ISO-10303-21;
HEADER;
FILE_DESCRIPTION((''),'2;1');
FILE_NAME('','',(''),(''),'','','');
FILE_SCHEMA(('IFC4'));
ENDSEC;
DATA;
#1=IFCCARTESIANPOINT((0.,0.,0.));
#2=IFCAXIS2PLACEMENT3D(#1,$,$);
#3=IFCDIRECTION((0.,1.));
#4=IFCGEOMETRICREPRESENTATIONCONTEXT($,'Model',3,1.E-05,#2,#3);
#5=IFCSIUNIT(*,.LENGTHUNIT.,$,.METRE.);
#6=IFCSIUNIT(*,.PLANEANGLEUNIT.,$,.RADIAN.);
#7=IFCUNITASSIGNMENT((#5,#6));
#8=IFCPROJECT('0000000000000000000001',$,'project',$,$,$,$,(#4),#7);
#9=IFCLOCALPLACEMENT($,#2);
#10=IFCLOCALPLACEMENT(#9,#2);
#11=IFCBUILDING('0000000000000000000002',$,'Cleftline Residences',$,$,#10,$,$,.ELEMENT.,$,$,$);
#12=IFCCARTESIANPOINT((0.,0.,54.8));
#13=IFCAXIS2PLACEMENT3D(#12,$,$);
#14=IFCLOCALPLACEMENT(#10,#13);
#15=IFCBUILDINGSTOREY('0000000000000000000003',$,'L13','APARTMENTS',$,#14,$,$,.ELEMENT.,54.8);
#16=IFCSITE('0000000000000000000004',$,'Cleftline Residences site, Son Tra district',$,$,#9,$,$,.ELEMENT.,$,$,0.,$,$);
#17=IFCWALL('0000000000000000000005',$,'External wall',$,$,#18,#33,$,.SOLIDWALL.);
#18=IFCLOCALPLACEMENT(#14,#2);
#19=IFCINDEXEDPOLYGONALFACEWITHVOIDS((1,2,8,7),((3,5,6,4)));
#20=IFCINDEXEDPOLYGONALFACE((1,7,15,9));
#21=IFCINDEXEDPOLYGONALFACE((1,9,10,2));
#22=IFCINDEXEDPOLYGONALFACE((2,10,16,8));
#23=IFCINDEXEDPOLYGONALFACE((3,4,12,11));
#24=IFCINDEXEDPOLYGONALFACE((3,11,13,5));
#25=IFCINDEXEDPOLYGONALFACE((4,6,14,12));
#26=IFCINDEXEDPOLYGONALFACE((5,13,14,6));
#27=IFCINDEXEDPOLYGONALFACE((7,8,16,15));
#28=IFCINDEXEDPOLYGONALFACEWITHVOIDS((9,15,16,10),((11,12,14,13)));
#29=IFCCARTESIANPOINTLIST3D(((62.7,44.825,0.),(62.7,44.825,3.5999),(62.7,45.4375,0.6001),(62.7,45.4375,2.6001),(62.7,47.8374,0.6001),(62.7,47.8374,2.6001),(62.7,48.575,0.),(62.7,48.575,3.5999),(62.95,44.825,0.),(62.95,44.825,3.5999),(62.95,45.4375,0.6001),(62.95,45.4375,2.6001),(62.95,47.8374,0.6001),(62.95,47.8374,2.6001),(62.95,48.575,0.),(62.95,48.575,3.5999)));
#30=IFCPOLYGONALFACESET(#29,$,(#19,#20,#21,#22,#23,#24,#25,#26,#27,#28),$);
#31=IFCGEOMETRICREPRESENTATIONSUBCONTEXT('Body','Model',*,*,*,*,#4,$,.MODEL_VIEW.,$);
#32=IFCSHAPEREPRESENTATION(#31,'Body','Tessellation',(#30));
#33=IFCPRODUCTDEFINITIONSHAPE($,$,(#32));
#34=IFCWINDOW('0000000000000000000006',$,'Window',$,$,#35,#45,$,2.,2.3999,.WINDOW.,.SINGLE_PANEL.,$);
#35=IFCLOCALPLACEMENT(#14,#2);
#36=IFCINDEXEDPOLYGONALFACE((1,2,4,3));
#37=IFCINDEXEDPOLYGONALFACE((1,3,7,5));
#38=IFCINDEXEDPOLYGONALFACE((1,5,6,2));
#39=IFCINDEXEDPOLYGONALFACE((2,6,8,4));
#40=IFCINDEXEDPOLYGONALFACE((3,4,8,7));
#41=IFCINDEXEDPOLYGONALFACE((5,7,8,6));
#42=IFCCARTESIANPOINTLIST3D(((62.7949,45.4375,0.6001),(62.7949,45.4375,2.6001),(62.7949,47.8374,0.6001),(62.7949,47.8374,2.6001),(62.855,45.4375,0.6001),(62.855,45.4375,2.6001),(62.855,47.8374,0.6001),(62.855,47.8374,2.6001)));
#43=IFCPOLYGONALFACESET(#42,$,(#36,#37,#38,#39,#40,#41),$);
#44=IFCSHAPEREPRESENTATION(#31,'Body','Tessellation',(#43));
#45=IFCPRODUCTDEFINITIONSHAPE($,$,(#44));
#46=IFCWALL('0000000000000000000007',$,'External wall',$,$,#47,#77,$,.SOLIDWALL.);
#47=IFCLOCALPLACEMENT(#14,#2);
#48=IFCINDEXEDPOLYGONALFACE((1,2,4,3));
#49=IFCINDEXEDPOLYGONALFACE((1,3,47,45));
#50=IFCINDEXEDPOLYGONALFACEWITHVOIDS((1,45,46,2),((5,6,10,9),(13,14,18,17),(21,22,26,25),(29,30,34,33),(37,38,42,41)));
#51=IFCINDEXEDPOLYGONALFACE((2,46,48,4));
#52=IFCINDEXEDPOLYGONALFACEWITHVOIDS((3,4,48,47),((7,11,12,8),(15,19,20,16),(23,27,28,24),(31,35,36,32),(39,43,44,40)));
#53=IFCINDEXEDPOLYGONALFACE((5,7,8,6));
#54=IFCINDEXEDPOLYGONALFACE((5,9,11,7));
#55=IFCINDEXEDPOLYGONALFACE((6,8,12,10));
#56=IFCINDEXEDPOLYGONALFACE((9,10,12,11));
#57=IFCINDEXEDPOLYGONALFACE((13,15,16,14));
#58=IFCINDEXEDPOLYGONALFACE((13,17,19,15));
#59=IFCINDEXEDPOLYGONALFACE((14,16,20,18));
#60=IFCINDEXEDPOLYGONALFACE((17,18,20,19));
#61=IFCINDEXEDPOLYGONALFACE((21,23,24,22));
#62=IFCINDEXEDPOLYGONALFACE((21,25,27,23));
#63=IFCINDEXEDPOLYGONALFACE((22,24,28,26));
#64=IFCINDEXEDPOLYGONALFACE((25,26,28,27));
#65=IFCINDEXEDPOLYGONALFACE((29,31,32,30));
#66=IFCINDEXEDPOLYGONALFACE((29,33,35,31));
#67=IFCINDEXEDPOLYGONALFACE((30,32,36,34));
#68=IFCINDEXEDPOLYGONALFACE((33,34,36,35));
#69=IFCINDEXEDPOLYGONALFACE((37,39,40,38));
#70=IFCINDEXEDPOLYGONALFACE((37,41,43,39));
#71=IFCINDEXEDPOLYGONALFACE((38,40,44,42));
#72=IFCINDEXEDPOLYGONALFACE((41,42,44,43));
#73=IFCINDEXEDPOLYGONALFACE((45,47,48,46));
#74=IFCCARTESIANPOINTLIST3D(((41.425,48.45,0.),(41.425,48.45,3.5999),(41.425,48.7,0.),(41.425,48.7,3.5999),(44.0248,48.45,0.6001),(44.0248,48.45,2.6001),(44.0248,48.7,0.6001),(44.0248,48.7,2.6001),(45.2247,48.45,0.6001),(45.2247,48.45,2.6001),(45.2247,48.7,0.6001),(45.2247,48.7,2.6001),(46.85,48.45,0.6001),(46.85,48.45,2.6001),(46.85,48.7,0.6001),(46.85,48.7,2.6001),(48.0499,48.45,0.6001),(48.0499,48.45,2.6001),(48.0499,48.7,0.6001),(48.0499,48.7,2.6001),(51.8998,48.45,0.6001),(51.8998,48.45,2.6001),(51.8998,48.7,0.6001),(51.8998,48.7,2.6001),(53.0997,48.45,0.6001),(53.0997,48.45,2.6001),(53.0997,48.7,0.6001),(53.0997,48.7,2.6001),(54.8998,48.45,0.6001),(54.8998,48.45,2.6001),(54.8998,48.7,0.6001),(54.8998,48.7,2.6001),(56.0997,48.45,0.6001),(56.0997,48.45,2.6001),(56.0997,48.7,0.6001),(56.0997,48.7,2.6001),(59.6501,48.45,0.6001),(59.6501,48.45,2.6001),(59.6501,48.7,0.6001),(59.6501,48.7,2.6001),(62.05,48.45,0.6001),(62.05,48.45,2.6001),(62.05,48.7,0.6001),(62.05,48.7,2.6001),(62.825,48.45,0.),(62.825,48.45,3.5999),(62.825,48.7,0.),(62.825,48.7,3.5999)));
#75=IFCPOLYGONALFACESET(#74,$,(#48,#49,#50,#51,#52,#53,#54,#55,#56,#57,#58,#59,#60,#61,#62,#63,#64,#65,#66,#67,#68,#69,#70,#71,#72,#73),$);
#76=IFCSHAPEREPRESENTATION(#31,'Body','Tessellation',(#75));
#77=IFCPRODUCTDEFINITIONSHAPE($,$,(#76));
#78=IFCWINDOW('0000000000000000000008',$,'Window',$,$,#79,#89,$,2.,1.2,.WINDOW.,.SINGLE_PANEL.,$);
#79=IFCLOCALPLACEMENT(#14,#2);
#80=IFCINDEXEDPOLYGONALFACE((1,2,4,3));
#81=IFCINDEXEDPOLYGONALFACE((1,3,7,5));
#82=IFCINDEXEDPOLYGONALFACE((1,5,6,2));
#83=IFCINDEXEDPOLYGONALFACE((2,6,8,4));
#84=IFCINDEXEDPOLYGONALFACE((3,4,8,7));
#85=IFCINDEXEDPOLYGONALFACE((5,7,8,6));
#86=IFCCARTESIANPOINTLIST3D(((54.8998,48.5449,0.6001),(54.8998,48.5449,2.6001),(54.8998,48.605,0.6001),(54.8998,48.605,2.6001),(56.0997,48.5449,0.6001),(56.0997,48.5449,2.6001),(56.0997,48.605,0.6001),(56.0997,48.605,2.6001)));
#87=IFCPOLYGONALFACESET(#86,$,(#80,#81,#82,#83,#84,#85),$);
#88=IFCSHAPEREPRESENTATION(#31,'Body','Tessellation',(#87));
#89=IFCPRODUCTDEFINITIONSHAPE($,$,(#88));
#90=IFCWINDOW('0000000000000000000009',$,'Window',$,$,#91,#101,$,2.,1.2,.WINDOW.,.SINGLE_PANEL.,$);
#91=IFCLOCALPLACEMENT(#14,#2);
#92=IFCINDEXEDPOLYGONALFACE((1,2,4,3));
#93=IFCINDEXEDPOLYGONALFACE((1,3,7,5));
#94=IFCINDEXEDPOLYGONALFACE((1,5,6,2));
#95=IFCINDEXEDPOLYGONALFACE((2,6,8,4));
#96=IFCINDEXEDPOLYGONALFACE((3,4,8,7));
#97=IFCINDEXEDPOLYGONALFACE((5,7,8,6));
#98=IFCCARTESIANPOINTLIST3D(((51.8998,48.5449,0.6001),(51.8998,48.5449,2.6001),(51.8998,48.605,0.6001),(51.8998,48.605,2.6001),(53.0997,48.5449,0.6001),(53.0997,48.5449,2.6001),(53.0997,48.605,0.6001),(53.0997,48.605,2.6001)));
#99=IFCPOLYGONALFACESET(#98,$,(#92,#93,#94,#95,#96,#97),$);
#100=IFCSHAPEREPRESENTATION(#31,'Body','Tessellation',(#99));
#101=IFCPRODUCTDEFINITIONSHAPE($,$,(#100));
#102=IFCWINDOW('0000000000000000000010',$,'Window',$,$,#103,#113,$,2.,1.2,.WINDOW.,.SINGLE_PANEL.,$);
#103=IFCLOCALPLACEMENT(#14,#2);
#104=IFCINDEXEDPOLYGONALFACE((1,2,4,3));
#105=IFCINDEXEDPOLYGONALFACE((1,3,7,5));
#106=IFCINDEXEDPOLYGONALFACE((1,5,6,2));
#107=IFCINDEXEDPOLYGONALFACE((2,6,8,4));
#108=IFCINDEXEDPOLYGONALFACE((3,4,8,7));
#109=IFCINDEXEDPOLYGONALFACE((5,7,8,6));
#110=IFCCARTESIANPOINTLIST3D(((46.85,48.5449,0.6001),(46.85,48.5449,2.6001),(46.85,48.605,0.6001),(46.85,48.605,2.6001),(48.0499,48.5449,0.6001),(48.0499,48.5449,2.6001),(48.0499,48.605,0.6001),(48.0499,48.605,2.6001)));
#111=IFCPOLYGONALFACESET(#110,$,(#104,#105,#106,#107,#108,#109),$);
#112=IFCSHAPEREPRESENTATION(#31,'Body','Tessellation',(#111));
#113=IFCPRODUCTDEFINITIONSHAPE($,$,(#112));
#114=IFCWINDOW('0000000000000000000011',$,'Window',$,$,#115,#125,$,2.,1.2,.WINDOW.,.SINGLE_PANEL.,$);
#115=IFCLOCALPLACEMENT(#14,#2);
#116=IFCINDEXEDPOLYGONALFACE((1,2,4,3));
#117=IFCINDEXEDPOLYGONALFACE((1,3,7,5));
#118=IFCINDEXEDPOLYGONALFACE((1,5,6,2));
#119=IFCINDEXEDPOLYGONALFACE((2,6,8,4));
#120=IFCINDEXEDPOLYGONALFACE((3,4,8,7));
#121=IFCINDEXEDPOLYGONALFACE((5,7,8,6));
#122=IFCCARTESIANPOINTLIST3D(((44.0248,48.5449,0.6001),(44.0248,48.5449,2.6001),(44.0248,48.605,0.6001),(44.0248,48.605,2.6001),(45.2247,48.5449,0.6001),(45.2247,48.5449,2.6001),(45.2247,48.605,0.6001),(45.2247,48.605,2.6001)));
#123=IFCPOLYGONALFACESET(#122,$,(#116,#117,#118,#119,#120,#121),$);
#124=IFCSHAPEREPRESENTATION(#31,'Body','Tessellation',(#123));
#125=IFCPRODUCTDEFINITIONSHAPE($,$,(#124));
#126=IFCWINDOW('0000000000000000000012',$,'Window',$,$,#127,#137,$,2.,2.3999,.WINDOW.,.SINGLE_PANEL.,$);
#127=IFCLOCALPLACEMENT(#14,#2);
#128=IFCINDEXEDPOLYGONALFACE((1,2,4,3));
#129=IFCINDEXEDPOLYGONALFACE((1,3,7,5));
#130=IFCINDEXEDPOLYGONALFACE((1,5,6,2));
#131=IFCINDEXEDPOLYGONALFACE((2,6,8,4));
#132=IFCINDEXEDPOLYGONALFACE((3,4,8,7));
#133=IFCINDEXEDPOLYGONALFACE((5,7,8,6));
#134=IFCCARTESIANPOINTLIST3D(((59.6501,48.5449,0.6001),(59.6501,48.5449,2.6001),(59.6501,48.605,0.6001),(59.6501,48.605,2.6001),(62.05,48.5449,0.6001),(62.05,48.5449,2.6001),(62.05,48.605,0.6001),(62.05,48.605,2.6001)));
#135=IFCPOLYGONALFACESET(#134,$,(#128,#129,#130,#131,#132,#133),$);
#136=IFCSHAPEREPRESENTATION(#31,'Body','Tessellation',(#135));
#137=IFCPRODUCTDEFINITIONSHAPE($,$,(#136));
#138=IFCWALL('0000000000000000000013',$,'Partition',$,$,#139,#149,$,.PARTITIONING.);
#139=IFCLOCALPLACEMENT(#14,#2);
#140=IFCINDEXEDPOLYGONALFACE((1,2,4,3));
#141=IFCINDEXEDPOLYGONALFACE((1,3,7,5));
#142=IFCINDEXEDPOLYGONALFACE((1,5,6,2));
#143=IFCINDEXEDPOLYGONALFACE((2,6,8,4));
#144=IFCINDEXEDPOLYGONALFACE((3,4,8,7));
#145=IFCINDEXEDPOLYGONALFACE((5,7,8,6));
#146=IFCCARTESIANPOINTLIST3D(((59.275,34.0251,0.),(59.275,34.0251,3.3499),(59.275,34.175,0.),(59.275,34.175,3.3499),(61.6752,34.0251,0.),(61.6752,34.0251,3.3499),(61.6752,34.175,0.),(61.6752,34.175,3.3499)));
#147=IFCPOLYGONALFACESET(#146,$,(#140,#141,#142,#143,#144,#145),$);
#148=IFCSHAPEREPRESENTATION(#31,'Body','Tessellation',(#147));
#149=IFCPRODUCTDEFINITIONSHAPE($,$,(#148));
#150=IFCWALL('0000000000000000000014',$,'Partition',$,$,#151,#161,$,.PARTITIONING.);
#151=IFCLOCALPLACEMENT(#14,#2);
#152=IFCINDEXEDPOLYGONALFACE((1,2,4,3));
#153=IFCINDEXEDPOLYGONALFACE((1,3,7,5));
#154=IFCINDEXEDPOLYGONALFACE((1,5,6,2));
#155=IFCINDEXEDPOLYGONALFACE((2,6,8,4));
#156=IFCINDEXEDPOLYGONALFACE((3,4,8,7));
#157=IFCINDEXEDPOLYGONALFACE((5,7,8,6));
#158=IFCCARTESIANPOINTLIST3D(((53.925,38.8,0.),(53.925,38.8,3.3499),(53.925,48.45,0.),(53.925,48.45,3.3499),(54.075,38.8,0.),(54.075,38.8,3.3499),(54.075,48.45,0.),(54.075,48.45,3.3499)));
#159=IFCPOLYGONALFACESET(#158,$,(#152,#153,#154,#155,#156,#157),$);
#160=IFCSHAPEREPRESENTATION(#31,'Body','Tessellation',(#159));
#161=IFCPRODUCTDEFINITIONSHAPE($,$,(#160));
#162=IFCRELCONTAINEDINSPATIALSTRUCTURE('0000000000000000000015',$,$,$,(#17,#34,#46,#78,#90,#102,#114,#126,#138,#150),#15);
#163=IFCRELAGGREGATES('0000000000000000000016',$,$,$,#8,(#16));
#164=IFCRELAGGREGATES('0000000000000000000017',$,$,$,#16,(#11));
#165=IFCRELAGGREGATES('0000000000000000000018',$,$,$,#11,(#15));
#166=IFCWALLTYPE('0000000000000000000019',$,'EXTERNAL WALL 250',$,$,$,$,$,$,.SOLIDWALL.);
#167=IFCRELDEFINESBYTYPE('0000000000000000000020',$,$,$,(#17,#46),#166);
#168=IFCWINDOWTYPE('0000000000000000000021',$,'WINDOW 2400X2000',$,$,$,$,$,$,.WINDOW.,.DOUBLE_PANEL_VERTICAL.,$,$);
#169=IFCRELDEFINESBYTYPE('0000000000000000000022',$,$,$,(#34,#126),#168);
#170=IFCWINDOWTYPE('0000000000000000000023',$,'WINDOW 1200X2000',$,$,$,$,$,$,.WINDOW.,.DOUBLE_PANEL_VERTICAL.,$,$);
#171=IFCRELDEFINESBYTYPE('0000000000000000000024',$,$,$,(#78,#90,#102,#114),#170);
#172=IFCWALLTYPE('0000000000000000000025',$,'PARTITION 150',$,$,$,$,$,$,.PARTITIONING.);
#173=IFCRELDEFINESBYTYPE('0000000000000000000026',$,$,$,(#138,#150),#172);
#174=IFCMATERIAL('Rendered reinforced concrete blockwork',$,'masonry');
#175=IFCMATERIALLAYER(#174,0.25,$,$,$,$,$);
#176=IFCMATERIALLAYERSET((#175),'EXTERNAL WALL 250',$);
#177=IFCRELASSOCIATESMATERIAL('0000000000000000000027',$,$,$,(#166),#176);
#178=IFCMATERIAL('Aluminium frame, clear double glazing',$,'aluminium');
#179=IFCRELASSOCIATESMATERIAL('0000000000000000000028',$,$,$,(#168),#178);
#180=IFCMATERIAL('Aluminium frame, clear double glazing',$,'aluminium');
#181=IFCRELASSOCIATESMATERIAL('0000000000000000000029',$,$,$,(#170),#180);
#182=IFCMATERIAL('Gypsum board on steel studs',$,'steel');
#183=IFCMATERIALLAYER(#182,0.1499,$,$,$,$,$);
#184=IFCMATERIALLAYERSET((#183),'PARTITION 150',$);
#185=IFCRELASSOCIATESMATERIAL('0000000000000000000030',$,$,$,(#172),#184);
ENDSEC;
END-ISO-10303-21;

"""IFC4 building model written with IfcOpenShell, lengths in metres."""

from ifc_helpers import new_model, si_unit, direction, frame, frame_2d, origin, place, context, subcontext, project, spatial, rectangle, extrude, material, layer, layer_set, type_object, element, fill, save


model = new_model("IFC4")

# Units and contexts
model_context = context("Model", 3, precision=1e-05, world=origin(), true_north=direction((0.0, 1.0)))
body_context = subcontext(model_context, "Body", "Model", "MODEL_VIEW")
ifc_project = project(units=[si_unit("LENGTHUNIT", "METRE"), si_unit("PLANEANGLEUNIT", "RADIAN")], contexts=[model_context])

# Site, building, storey
site_placement = place(None, origin())
site = spatial("IfcSite", under=ifc_project, at=site_placement, Name="Cleftline Residences site, Son Tra district", CompositionType="ELEMENT", RefElevation=0.0)
building_placement = place(site_placement, origin())
building = spatial("IfcBuilding", under=site, at=building_placement, Name="Cleftline Residences", CompositionType="ELEMENT")
storey_placement = place(building_placement, frame((0.0, 0.0, 54.8)))
storey = spatial("IfcBuildingStorey", under=building, at=storey_placement, Name="L13", Description="APARTMENTS", CompositionType="ELEMENT", Elevation=54.8)

# Wall, opening, window
ifc_material_1 = material(Name="Rendered reinforced concrete blockwork", Category="masonry")
ifc_layer_1 = layer(ifc_material_1, 0.25)
ifc_layer_set_1 = layer_set([ifc_layer_1], Name="EXTERNAL WALL 250")
wall_type_1 = type_object("IfcWallType", Name="EXTERNAL WALL 250", PredefinedType="SOLIDWALL", material=ifc_layer_set_1)
ifc_material_2 = material(Name="Aluminium frame, clear double glazing", Category="aluminium")
window_type_1 = type_object("IfcWindowType", Name="WINDOW 2400X2000", PartitioningType="DOUBLE_PANEL_VERTICAL", PredefinedType="WINDOW", material=ifc_material_2)
wall_1_placement = place(storey_placement, frame((62.825, 44.825, 0.0), z_axis=(0.0, 0.0, 1.0), x_axis=(0.0, 1.0, 0.0)))
wall_1 = element("IfcWall", 1, at=wall_1_placement, inside=storey, type_object=wall_type_1, Name="External wall", PredefinedType="SOLIDWALL", context=body_context, shape_type="SweptSolid", body=[
    extrude(rectangle(XDim=3.75, YDim=0.25, at=frame_2d((1.875, 0.0))), origin(), (0.0, 0.0, 1.0), 3.5999),
])
opening_1_placement = place(wall_1_placement, frame((0.6125, 0.0, 0.6001)))
opening_1 = element("IfcOpeningElement", 2, at=opening_1_placement, cuts=wall_1, PredefinedType="OPENING", context=body_context, shape_type="SweptSolid", body=[
    extrude(rectangle(XDim=2.3999, YDim=2.0, at=frame_2d((1.2, 1.0))), frame((0.0, 0.135, 0.0), z_axis=(0.0, -1.0, 0.0), x_axis=(1.0, 0.0, 0.0)), (0.0, 0.0, 1.0), 0.27),
])
window_1_placement = place(opening_1_placement, origin())
window_1 = element("IfcWindow", 3, at=window_1_placement, inside=storey, type_object=window_type_1, Name="Window", OverallHeight=2.0, OverallWidth=2.3999, PartitioningType="SINGLE_PANEL", PredefinedType="WINDOW", context=body_context, shape_type="SweptSolid", body=[
    extrude(rectangle(XDim=2.3999, YDim=2.0, at=frame_2d((1.2, 1.0))), frame((0.0, 0.03, 0.0), z_axis=(0.0, -1.0, 0.0), x_axis=(1.0, 0.0, 0.0)), (0.0, 0.0, 1.0), 0.0601),
])
fill(opening_1, window_1)

# Wall, openings, windows
wall_2_placement = place(storey_placement, frame((62.825, 48.575, 0.0), z_axis=(0.0, 0.0, 1.0), x_axis=(-1.0, 0.0, 0.0)))
wall_2 = element("IfcWall", 4, at=wall_2_placement, inside=storey, type_object=wall_type_1, Name="External wall", PredefinedType="SOLIDWALL", context=body_context, shape_type="SweptSolid", body=[
    extrude(rectangle(XDim=21.3999, YDim=0.25, at=frame_2d((10.7, 0.0))), origin(), (0.0, 0.0, 1.0), 3.5999),
])
opening_2_placement = place(wall_2_placement, frame((0.7749, 0.0, 0.6001)))
opening_2 = element("IfcOpeningElement", 5, at=opening_2_placement, cuts=wall_2, PredefinedType="OPENING", context=body_context, shape_type="SweptSolid", body=[
    extrude(rectangle(XDim=2.3999, YDim=2.0, at=frame_2d((1.2, 1.0))), frame((0.0, 0.135, 0.0), z_axis=(0.0, -1.0, 0.0), x_axis=(1.0, 0.0, 0.0)), (0.0, 0.0, 1.0), 0.27),
])
opening_3_placement = place(wall_2_placement, frame((6.7251, 0.0, 0.6001)))
opening_3 = element("IfcOpeningElement", 6, at=opening_3_placement, cuts=wall_2, PredefinedType="OPENING", context=body_context, shape_type="SweptSolid", body=[
    extrude(rectangle(XDim=1.2, YDim=2.0, at=frame_2d((0.6001, 1.0))), frame((0.0, 0.135, 0.0), z_axis=(0.0, -1.0, 0.0), x_axis=(1.0, 0.0, 0.0)), (0.0, 0.0, 1.0), 0.27),
])
opening_4_placement = place(wall_2_placement, frame((9.7251, 0.0, 0.6001)))
opening_4 = element("IfcOpeningElement", 7, at=opening_4_placement, cuts=wall_2, PredefinedType="OPENING", context=body_context, shape_type="SweptSolid", body=[
    extrude(rectangle(XDim=1.2, YDim=2.0, at=frame_2d((0.6001, 1.0))), frame((0.0, 0.135, 0.0), z_axis=(0.0, -1.0, 0.0), x_axis=(1.0, 0.0, 0.0)), (0.0, 0.0, 1.0), 0.27),
])
opening_5_placement = place(wall_2_placement, frame((14.7749, 0.0, 0.6001)))
opening_5 = element("IfcOpeningElement", 8, at=opening_5_placement, cuts=wall_2, PredefinedType="OPENING", context=body_context, shape_type="SweptSolid", body=[
    extrude(rectangle(XDim=1.2, YDim=2.0, at=frame_2d((0.6001, 1.0))), frame((0.0, 0.135, 0.0), z_axis=(0.0, -1.0, 0.0), x_axis=(1.0, 0.0, 0.0)), (0.0, 0.0, 1.0), 0.27),
])
opening_6_placement = place(wall_2_placement, frame((17.6001, 0.0, 0.6001)))
opening_6 = element("IfcOpeningElement", 9, at=opening_6_placement, cuts=wall_2, PredefinedType="OPENING", context=body_context, shape_type="SweptSolid", body=[
    extrude(rectangle(XDim=1.2, YDim=2.0, at=frame_2d((0.6001, 1.0))), frame((0.0, 0.135, 0.0), z_axis=(0.0, -1.0, 0.0), x_axis=(1.0, 0.0, 0.0)), (0.0, 0.0, 1.0), 0.27),
])
ifc_material_3 = material(Name="Aluminium frame, clear double glazing", Category="aluminium")
window_type_2 = type_object("IfcWindowType", Name="WINDOW 1200X2000", PartitioningType="DOUBLE_PANEL_VERTICAL", PredefinedType="WINDOW", material=ifc_material_3)
window_2_placement = place(opening_3_placement, origin())
window_2 = element("IfcWindow", 10, at=window_2_placement, inside=storey, type_object=window_type_2, Name="Window", OverallHeight=2.0, OverallWidth=1.2, PartitioningType="SINGLE_PANEL", PredefinedType="WINDOW", context=body_context, shape_type="SweptSolid", body=[
    extrude(rectangle(XDim=1.2, YDim=2.0, at=frame_2d((0.6001, 1.0))), frame((0.0, 0.03, 0.0), z_axis=(0.0, -1.0, 0.0), x_axis=(1.0, 0.0, 0.0)), (0.0, 0.0, 1.0), 0.0601),
])
fill(opening_3, window_2)
window_3_placement = place(opening_4_placement, origin())
window_3 = element("IfcWindow", 11, at=window_3_placement, inside=storey, type_object=window_type_2, Name="Window", OverallHeight=2.0, OverallWidth=1.2, PartitioningType="SINGLE_PANEL", PredefinedType="WINDOW", context=body_context, shape_type="SweptSolid", body=[
    extrude(rectangle(XDim=1.2, YDim=2.0, at=frame_2d((0.6001, 1.0))), frame((0.0, 0.03, 0.0), z_axis=(0.0, -1.0, 0.0), x_axis=(1.0, 0.0, 0.0)), (0.0, 0.0, 1.0), 0.0601),
])
fill(opening_4, window_3)
window_4_placement = place(opening_5_placement, origin())
window_4 = element("IfcWindow", 12, at=window_4_placement, inside=storey, type_object=window_type_2, Name="Window", OverallHeight=2.0, OverallWidth=1.2, PartitioningType="SINGLE_PANEL", PredefinedType="WINDOW", context=body_context, shape_type="SweptSolid", body=[
    extrude(rectangle(XDim=1.2, YDim=2.0, at=frame_2d((0.6001, 1.0))), frame((0.0, 0.03, 0.0), z_axis=(0.0, -1.0, 0.0), x_axis=(1.0, 0.0, 0.0)), (0.0, 0.0, 1.0), 0.0601),
])
fill(opening_5, window_4)
window_5_placement = place(opening_6_placement, origin())
window_5 = element("IfcWindow", 13, at=window_5_placement, inside=storey, type_object=window_type_2, Name="Window", OverallHeight=2.0, OverallWidth=1.2, PartitioningType="SINGLE_PANEL", PredefinedType="WINDOW", context=body_context, shape_type="SweptSolid", body=[
    extrude(rectangle(XDim=1.2, YDim=2.0, at=frame_2d((0.6001, 1.0))), frame((0.0, 0.03, 0.0), z_axis=(0.0, -1.0, 0.0), x_axis=(1.0, 0.0, 0.0)), (0.0, 0.0, 1.0), 0.0601),
])
fill(opening_6, window_5)
window_6_placement = place(opening_2_placement, origin())
window_6 = element("IfcWindow", 14, at=window_6_placement, inside=storey, type_object=window_type_1, Name="Window", OverallHeight=2.0, OverallWidth=2.3999, PartitioningType="SINGLE_PANEL", PredefinedType="WINDOW", context=body_context, shape_type="SweptSolid", body=[
    extrude(rectangle(XDim=2.3999, YDim=2.0, at=frame_2d((1.2, 1.0))), frame((0.0, 0.03, 0.0), z_axis=(0.0, -1.0, 0.0), x_axis=(1.0, 0.0, 0.0)), (0.0, 0.0, 1.0), 0.0601),
])
fill(opening_2, window_6)

# Walls
ifc_material_4 = material(Name="Gypsum board on steel studs", Category="steel")
ifc_layer_2 = layer(ifc_material_4, 0.1499)
ifc_layer_set_2 = layer_set([ifc_layer_2], Name="PARTITION 150")
wall_type_2 = type_object("IfcWallType", Name="PARTITION 150", PredefinedType="PARTITIONING", material=ifc_layer_set_2)
wall_3_placement = place(storey_placement, frame((59.2749, 34.1001, 0.0), z_axis=(0.0, 0.0, 1.0), x_axis=(1.0, 0.0, 0.0)))
element("IfcWall", 15, at=wall_3_placement, inside=storey, type_object=wall_type_2, Name="Partition", PredefinedType="PARTITIONING", context=body_context, shape_type="SweptSolid", body=[
    extrude(rectangle(XDim=2.4001, YDim=0.1499, at=frame_2d((1.2002, 0.0))), origin(), (0.0, 0.0, 1.0), 3.3499),
])
wall_4_placement = place(storey_placement, frame((54.0, 38.8, 0.0), z_axis=(0.0, 0.0, 1.0), x_axis=(0.0, 1.0, 0.0)))
element("IfcWall", 16, at=wall_4_placement, inside=storey, type_object=wall_type_2, Name="Partition", PredefinedType="PARTITIONING", context=body_context, shape_type="SweptSolid", body=[
    extrude(rectangle(XDim=9.6499, YDim=0.1499, at=frame_2d((4.825, 0.0))), origin(), (0.0, 0.0, 1.0), 3.3499),
])

save(model, "model.ifc")
